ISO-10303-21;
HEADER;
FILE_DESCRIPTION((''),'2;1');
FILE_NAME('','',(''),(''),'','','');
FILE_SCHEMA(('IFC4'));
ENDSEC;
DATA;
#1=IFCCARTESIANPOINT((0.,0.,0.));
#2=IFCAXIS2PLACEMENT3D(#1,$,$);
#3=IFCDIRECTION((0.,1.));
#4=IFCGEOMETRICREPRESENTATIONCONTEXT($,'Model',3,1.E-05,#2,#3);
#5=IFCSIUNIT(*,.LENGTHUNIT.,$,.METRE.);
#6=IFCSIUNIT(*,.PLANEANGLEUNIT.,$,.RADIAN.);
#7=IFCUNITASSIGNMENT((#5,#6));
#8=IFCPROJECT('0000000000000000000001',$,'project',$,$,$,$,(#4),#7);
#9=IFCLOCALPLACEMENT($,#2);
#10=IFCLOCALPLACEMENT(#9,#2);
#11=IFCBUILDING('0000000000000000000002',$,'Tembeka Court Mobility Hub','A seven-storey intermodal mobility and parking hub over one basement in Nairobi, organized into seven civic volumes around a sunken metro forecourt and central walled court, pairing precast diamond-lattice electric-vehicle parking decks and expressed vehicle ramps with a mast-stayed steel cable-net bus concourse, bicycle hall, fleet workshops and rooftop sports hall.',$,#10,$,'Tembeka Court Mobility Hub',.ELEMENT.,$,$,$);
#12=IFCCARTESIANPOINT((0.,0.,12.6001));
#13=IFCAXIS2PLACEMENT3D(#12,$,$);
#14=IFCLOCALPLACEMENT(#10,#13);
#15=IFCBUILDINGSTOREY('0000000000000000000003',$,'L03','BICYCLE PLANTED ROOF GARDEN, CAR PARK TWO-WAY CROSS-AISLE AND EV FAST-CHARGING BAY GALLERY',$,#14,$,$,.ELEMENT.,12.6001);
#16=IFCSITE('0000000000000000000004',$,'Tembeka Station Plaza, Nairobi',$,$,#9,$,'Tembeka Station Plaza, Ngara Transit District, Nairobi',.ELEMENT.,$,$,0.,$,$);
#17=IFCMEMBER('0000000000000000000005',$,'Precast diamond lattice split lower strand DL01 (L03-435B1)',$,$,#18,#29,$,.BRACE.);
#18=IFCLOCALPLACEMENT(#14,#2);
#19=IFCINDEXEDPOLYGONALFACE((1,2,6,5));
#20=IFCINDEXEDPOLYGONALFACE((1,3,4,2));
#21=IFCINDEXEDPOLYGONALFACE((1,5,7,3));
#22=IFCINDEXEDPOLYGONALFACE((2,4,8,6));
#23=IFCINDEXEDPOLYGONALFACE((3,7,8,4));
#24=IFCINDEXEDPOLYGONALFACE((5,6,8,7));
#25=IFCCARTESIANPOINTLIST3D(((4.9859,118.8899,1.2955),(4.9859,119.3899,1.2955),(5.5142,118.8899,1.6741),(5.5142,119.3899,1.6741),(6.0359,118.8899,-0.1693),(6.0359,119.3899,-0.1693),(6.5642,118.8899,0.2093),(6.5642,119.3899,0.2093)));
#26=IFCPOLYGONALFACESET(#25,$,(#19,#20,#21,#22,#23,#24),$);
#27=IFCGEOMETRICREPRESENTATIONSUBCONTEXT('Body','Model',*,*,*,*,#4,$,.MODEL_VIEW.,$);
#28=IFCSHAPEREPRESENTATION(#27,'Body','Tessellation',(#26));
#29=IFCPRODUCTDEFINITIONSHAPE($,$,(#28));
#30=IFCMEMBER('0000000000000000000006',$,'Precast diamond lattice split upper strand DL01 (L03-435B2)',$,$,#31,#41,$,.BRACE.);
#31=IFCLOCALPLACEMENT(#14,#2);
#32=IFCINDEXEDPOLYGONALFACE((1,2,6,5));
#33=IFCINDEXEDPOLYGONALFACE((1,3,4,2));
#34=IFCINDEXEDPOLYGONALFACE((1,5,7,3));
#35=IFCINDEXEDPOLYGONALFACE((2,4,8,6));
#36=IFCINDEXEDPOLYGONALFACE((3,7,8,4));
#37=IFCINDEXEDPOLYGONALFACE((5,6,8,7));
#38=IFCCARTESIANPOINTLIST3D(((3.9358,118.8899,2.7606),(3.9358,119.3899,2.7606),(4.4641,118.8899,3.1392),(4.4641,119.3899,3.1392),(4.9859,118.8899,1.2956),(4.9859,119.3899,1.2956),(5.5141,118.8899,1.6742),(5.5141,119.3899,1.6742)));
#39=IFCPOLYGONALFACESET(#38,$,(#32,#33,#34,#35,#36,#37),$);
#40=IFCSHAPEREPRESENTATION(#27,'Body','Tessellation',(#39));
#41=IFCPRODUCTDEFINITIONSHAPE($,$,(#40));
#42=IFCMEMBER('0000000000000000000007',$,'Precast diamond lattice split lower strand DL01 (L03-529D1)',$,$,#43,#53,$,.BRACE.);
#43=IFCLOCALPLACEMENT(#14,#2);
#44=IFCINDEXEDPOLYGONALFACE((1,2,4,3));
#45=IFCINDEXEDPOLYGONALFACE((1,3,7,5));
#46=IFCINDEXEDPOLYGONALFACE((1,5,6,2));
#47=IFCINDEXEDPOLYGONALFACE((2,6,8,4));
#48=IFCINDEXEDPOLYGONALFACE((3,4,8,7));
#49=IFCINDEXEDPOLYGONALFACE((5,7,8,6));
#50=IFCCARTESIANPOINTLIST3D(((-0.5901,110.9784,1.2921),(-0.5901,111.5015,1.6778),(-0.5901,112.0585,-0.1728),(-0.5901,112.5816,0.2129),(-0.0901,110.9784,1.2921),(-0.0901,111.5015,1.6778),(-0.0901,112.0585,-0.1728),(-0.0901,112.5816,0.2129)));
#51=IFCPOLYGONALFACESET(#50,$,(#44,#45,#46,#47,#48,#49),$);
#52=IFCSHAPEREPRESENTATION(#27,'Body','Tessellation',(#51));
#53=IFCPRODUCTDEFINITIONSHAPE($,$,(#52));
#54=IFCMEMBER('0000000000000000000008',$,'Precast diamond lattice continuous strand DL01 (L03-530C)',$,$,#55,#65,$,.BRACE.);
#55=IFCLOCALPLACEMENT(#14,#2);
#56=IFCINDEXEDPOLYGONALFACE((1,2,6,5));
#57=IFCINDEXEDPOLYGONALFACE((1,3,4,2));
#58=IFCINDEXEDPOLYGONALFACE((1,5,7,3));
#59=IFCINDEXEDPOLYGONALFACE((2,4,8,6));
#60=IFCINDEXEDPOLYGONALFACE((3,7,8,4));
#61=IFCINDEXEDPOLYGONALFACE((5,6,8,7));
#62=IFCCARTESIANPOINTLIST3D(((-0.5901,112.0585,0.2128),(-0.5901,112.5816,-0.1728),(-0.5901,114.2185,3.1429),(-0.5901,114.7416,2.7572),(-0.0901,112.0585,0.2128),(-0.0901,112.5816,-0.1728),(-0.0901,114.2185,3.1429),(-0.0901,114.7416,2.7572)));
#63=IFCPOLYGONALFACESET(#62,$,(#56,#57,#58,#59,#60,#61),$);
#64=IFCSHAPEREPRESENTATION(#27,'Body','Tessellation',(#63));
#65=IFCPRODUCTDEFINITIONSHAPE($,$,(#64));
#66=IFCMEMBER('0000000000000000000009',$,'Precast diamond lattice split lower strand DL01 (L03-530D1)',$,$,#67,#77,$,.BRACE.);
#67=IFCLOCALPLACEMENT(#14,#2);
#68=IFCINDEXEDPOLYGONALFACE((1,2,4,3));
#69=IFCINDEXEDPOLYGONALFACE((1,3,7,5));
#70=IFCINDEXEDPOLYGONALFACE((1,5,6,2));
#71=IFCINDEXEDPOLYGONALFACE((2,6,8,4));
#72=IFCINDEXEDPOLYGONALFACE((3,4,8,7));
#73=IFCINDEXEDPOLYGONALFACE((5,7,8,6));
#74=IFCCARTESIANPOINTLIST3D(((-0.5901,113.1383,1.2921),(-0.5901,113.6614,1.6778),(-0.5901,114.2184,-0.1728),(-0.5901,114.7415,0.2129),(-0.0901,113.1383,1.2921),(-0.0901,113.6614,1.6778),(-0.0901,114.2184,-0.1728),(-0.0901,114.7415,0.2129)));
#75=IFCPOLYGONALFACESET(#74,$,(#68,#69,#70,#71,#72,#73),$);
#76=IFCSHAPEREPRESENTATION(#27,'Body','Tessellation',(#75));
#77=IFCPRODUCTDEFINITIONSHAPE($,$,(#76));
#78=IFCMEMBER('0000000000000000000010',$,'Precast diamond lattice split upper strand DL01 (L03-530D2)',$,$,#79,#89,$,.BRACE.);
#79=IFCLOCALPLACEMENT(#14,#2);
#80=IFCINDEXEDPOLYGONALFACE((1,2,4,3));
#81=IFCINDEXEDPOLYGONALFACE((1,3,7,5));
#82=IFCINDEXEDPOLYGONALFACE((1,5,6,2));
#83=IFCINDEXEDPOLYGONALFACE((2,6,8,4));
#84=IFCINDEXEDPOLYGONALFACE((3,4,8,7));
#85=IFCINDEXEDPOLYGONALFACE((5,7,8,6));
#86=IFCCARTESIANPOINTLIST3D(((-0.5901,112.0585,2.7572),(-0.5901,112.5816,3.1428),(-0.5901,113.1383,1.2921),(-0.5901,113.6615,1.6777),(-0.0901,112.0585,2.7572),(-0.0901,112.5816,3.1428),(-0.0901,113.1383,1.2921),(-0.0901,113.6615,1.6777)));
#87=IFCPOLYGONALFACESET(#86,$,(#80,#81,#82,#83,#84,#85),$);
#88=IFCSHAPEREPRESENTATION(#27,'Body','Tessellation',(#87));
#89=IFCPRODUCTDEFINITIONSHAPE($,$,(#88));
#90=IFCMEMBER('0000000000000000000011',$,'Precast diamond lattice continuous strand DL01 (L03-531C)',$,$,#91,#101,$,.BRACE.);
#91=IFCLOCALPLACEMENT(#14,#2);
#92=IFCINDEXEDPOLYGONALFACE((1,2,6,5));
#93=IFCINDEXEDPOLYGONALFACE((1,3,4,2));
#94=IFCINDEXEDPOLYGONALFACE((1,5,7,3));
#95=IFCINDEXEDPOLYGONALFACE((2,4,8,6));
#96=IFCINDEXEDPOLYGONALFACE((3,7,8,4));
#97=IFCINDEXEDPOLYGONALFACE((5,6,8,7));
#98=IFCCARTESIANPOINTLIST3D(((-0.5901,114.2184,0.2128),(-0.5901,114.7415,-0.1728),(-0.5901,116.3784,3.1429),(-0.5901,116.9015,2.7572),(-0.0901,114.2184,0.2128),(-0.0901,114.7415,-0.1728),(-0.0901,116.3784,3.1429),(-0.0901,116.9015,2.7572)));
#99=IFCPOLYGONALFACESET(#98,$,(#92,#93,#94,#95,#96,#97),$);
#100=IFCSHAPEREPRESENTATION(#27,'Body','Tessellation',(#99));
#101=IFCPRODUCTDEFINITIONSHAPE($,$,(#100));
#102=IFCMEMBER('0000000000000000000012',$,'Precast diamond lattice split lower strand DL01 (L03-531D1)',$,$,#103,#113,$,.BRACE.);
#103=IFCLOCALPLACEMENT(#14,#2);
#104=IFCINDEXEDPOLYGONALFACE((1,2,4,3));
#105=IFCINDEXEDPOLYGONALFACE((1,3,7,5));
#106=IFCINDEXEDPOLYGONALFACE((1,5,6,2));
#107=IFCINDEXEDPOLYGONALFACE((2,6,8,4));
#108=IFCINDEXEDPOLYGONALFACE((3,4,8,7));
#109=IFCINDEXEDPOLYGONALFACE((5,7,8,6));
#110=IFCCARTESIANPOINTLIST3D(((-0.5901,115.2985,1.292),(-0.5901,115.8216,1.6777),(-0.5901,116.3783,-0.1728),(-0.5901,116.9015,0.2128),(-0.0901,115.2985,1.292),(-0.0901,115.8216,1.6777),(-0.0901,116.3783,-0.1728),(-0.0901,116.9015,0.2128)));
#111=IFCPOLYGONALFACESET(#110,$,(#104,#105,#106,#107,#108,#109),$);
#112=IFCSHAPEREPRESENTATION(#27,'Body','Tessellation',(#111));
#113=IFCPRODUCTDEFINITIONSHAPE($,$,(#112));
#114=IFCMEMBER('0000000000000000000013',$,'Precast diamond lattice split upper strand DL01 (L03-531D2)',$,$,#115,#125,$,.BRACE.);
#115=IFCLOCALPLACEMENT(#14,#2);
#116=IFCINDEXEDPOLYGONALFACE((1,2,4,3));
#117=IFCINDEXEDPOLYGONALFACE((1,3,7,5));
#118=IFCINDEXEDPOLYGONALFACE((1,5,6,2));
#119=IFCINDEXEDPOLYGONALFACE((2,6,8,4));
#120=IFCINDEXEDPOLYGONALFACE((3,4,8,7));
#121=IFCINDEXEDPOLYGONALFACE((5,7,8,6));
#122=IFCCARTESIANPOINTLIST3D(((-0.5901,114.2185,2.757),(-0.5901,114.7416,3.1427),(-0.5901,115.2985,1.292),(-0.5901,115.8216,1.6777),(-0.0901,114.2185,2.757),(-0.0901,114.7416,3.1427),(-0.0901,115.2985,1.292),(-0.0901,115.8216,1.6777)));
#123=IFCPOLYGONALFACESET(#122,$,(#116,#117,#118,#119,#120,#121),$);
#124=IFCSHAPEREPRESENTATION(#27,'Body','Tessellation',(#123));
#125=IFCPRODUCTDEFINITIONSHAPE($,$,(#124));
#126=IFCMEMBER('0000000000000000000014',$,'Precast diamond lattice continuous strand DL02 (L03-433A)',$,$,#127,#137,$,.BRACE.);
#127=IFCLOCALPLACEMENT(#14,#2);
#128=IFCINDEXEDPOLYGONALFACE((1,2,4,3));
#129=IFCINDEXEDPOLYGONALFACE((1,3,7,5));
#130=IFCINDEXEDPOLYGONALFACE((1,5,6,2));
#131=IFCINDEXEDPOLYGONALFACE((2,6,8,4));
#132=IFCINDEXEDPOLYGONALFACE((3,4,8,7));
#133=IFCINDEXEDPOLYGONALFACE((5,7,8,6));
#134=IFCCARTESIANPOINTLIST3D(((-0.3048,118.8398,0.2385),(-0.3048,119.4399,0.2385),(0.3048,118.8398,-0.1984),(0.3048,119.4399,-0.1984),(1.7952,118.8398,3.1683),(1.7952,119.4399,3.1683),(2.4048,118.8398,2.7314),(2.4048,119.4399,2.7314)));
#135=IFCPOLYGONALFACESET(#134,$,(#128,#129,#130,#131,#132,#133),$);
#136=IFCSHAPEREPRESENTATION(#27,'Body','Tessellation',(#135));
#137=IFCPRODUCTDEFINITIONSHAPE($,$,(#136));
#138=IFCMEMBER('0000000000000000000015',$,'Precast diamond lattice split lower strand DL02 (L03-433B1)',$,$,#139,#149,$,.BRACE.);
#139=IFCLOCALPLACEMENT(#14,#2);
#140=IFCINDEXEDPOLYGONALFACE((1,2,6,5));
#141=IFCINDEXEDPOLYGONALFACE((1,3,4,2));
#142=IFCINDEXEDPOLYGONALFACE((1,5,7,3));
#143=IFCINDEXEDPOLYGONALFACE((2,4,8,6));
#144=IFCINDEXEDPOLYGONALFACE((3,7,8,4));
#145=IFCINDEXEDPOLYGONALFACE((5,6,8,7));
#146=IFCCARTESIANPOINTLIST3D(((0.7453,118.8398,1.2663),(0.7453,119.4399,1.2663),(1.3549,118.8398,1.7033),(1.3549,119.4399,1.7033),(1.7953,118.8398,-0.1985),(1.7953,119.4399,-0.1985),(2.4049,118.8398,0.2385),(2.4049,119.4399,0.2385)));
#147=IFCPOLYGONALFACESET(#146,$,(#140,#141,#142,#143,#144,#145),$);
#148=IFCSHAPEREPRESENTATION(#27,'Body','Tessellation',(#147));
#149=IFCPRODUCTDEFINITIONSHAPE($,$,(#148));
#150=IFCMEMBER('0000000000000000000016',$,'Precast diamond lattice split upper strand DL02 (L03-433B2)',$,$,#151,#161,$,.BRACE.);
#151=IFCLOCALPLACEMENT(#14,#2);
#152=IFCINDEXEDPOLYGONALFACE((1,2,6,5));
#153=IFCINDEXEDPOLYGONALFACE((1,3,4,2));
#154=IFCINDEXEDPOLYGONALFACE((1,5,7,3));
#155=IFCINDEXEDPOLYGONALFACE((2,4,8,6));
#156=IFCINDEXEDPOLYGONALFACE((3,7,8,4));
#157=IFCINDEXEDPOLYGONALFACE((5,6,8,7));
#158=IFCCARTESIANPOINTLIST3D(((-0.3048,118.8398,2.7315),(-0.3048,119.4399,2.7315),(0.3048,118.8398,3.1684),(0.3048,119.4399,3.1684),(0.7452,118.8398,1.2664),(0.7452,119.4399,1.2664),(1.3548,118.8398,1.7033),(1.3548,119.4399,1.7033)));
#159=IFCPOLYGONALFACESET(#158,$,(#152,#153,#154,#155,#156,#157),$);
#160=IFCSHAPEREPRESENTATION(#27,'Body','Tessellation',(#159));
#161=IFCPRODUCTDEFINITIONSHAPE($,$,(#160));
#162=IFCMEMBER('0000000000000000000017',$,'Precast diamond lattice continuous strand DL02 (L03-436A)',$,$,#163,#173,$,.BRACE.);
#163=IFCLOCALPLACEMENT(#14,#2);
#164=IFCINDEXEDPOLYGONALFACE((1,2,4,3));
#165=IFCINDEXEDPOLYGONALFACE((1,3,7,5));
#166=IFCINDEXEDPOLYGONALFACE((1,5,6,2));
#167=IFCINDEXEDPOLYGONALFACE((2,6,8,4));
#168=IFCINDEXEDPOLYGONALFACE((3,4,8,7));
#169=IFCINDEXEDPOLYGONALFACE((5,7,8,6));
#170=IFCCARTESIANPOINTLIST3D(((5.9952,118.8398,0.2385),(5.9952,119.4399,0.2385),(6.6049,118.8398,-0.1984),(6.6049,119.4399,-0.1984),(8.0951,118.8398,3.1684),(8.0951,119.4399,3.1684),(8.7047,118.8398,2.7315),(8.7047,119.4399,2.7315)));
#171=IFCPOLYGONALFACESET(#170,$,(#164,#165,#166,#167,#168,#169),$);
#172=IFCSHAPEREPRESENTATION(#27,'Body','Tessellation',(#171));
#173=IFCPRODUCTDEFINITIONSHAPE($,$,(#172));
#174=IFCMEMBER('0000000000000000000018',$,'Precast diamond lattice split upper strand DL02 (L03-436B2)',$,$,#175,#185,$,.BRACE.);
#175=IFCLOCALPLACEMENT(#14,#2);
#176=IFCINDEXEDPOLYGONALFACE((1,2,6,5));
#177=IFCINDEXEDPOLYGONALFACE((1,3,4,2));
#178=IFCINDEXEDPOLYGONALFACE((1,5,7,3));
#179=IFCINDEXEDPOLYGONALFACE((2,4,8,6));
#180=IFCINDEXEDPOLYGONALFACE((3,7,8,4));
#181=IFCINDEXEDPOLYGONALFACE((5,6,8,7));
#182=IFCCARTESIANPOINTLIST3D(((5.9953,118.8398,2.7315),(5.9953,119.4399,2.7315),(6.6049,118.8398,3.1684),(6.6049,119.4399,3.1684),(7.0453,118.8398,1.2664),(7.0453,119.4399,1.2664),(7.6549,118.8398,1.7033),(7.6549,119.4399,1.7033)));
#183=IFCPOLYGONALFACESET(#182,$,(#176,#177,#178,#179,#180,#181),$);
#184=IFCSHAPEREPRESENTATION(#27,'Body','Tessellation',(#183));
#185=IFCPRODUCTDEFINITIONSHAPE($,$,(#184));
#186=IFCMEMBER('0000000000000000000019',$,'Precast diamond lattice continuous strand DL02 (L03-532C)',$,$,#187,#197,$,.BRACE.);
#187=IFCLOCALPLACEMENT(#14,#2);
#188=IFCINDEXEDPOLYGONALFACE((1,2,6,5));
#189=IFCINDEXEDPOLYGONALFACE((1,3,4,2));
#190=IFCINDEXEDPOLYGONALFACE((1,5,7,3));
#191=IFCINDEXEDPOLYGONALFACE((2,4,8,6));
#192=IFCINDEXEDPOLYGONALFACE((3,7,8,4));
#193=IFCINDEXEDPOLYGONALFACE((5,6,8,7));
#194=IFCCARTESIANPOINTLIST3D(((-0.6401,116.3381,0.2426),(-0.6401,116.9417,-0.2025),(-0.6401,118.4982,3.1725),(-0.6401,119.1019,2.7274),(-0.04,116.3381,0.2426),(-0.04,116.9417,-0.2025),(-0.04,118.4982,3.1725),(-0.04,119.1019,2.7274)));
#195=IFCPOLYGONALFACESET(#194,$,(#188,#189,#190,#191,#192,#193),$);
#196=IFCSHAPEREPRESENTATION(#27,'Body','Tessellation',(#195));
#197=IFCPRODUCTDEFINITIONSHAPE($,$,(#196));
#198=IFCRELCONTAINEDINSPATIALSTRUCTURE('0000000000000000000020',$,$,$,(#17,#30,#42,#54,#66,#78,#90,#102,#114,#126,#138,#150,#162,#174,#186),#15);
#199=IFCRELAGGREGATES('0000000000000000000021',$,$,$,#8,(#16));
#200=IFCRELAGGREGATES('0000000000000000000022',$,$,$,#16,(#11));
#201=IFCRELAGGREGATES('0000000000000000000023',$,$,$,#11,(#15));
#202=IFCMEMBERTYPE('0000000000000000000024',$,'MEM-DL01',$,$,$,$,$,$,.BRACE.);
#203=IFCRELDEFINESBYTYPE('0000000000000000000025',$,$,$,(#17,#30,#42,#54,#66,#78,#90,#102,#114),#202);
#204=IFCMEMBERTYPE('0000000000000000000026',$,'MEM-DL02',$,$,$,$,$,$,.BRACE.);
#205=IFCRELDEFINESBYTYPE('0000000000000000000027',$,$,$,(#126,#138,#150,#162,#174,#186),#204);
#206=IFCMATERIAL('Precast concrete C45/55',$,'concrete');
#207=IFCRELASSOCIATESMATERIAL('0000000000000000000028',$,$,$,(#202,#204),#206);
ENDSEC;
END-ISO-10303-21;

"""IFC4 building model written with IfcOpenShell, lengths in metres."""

from ifc_helpers import new_model, si_unit, direction, frame, origin, origin_2d, place, context, subcontext, project, spatial, rectangle, extrude, material, material_profile, profile_set, type_object, element, save


model = new_model("IFC4")

# Units and contexts
model_context = context("Model", 3, precision=1e-05, world=origin(), true_north=direction((0.0, 1.0)))
body_context = subcontext(model_context, "Body", "Model", "MODEL_VIEW")
ifc_project = project(units=[si_unit("LENGTHUNIT", "METRE"), si_unit("PLANEANGLEUNIT", "RADIAN")], contexts=[model_context])

# Site, building, storey
site_placement = place(None, origin())
site = spatial("IfcSite", under=ifc_project, at=site_placement, Name="Tembeka Station Plaza, Nairobi", LongName="Tembeka Station Plaza, Ngara Transit District, Nairobi", CompositionType="ELEMENT", RefElevation=0.0)
building_placement = place(site_placement, origin())
building = spatial("IfcBuilding", under=site, at=building_placement, Name="Tembeka Court Mobility Hub", Description="A seven-storey intermodal mobility and parking hub over one basement in Nairobi, organized into seven civic volumes around a sunken metro forecourt and central walled court, pairing precast diamond-lattice electric-vehicle parking decks and expressed vehicle ramps with a mast-stayed steel cable-net bus concourse, bicycle hall, fleet workshops and rooftop sports hall.", LongName="Tembeka Court Mobility Hub", CompositionType="ELEMENT")
storey_placement = place(building_placement, frame((0.0, 0.0, 12.6001)))
storey = spatial("IfcBuildingStorey", under=building, at=storey_placement, Name="L03", Description="BICYCLE PLANTED ROOF GARDEN, CAR PARK TWO-WAY CROSS-AISLE AND EV FAST-CHARGING BAY GALLERY", CompositionType="ELEMENT", Elevation=12.6001)

# Shared definitions
ifc_material_1 = material(Name="Precast concrete C45/55", Category="concrete")

# Members
ifc_material_profile_1 = material_profile(ifc_material_1, rectangle(XDim=0.5, YDim=0.6499, at=origin_2d()), Name="PC-DIAG 500x650")
ifc_profile_set_1 = profile_set([ifc_material_profile_1], Name="Precast concrete C45/55")
member_type_1 = type_object("IfcMemberType", Name="MEM-DL01", PredefinedType="BRACE", material=ifc_profile_set_1)
member_1_placement = place(storey_placement, frame((6.3, 119.1399, 0.02), z_axis=(-0.582608, 0.0, 0.812753), x_axis=(0.0, -1.0, 0.0)))
element("IfcMember", 1, at=member_1_placement, inside=storey, type_object=member_type_1, Name="Precast diamond lattice split lower strand DL01 (L03-435B1)", PredefinedType="BRACE", context=body_context, shape_type="SweptSolid", body=[
    extrude(rectangle(XDim=0.5, YDim=0.6499, at=origin_2d()), origin(), (0.0, 0.0, 1.0), 1.8022),
])
member_2_placement = place(storey_placement, frame((5.25, 119.1399, 1.4849), z_axis=(-0.582544, 0.0, 0.812799), x_axis=(0.0, -1.0, 0.0)))
element("IfcMember", 2, at=member_2_placement, inside=storey, type_object=member_type_1, Name="Precast diamond lattice split upper strand DL01 (L03-435B2)", PredefinedType="BRACE", context=body_context, shape_type="SweptSolid", body=[
    extrude(rectangle(XDim=0.5, YDim=0.6499, at=origin_2d()), origin(), (0.0, 0.0, 1.0), 1.8025),
])
member_3_placement = place(storey_placement, frame((-0.3401, 112.3201, 0.02), z_axis=(0.0, -0.593455, 0.804867), x_axis=(1.0, 0.0, 0.0)))
element("IfcMember", 3, at=member_3_placement, inside=storey, type_object=member_type_1, Name="Precast diamond lattice split lower strand DL01 (L03-529D1)", PredefinedType="BRACE", context=body_context, shape_type="SweptSolid", body=[
    extrude(rectangle(XDim=0.5, YDim=0.6499, at=origin_2d()), origin(), (0.0, 0.0, 1.0), 1.8201),
])
member_4_placement = place(storey_placement, frame((-0.3401, 112.3201, 0.02), z_axis=(0.0, 0.59338, 0.804923), x_axis=(-1.0, 0.0, 0.0)))
element("IfcMember", 4, at=member_4_placement, inside=storey, type_object=member_type_1, Name="Precast diamond lattice continuous strand DL01 (L03-530C)", PredefinedType="BRACE", context=body_context, shape_type="SweptSolid", body=[
    extrude(rectangle(XDim=0.5, YDim=0.6499, at=origin_2d()), origin(), (0.0, 0.0, 1.0), 3.6401),
])
for number, where, z_axis, x_axis, name in (
    (5, (-0.3401, 114.48, 0.02), (0.0, -0.593455, 0.804867), (1.0, 0.0, 0.0), "Precast diamond lattice split lower strand DL01 (L03-530D1)"),
    (6, (-0.3401, 113.3999, 1.4849), (0.0, -0.593304, 0.804978), (1.0, 0.0, 0.0), "Precast diamond lattice split upper strand DL01 (L03-530D2)"),
):
    element("IfcMember", number, at=place(storey_placement, frame(where, z_axis=z_axis, x_axis=x_axis)), inside=storey, type_object=member_type_1, Name=name, PredefinedType="BRACE", context=body_context, shape_type="SweptSolid", body=[
        extrude(rectangle(XDim=0.5, YDim=0.6499, at=origin_2d()), origin(), (0.0, 0.0, 1.0), 1.8201),
    ])
member_5_placement = place(storey_placement, frame((-0.3401, 114.48, 0.02), z_axis=(0.0, 0.59338, 0.804923), x_axis=(-1.0, 0.0, 0.0)))
element("IfcMember", 7, at=member_5_placement, inside=storey, type_object=member_type_1, Name="Precast diamond lattice continuous strand DL01 (L03-531C)", PredefinedType="BRACE", context=body_context, shape_type="SweptSolid", body=[
    extrude(rectangle(XDim=0.5, YDim=0.6499, at=origin_2d()), origin(), (0.0, 0.0, 1.0), 3.6401),
])
member_6_placement = place(storey_placement, frame((-0.3401, 116.6399, 0.02), z_axis=(0.0, -0.593368, 0.804931), x_axis=(1.0, 0.0, 0.0)))
element("IfcMember", 8, at=member_6_placement, inside=storey, type_object=member_type_1, Name="Precast diamond lattice split lower strand DL01 (L03-531D1)", PredefinedType="BRACE", context=body_context, shape_type="SweptSolid", body=[
    extrude(rectangle(XDim=0.5, YDim=0.6499, at=origin_2d()), origin(), (0.0, 0.0, 1.0), 1.8198),
])
member_7_placement = place(storey_placement, frame((-0.3401, 115.5601, 1.4849), z_axis=(0.0, -0.593391, 0.804914), x_axis=(1.0, 0.0, 0.0)))
element("IfcMember", 9, at=member_7_placement, inside=storey, type_object=member_type_1, Name="Precast diamond lattice split upper strand DL01 (L03-531D2)", PredefinedType="BRACE", context=body_context, shape_type="SweptSolid", body=[
    extrude(rectangle(XDim=0.5, YDim=0.6499, at=origin_2d()), origin(), (0.0, 0.0, 1.0), 1.8201),
])
ifc_material_profile_2 = material_profile(ifc_material_1, rectangle(XDim=0.6001, YDim=0.75, at=origin_2d()), Name="PC-DIAG 600x750")
ifc_profile_set_2 = profile_set([ifc_material_profile_2], Name="Precast concrete C45/55")
member_type_2 = type_object("IfcMemberType", Name="MEM-DL02", PredefinedType="BRACE", material=ifc_profile_set_2)
member_8_placement = place(storey_placement, frame((0.0, 119.1399, 0.02), z_axis=(0.582576, 0.0, 0.812776), x_axis=(0.0, 1.0, 0.0)))
element("IfcMember", 10, at=member_8_placement, inside=storey, type_object=member_type_2, Name="Precast diamond lattice continuous strand DL02 (L03-433A)", PredefinedType="BRACE", context=body_context, shape_type="SweptSolid", body=[
    extrude(rectangle(XDim=0.6001, YDim=0.75, at=origin_2d()), origin(), (0.0, 0.0, 1.0), 3.6047),
])
member_9_placement = place(storey_placement, frame((2.1001, 119.1399, 0.02), z_axis=(-0.582608, 0.0, 0.812753), x_axis=(0.0, -1.0, 0.0)))
element("IfcMember", 11, at=member_9_placement, inside=storey, type_object=member_type_2, Name="Precast diamond lattice split lower strand DL02 (L03-433B1)", PredefinedType="BRACE", context=body_context, shape_type="SweptSolid", body=[
    extrude(rectangle(XDim=0.6001, YDim=0.75, at=origin_2d()), origin(), (0.0, 0.0, 1.0), 1.8022),
])
member_10_placement = place(storey_placement, frame((1.05, 119.1399, 1.4849), z_axis=(-0.582544, 0.0, 0.812799), x_axis=(0.0, -1.0, 0.0)))
element("IfcMember", 12, at=member_10_placement, inside=storey, type_object=member_type_2, Name="Precast diamond lattice split upper strand DL02 (L03-433B2)", PredefinedType="BRACE", context=body_context, shape_type="SweptSolid", body=[
    extrude(rectangle(XDim=0.6001, YDim=0.75, at=origin_2d()), origin(), (0.0, 0.0, 1.0), 1.8025),
])
member_11_placement = place(storey_placement, frame((6.3, 119.1399, 0.02), z_axis=(0.582532, 0.0, 0.812808), x_axis=(0.0, 1.0, 0.0)))
element("IfcMember", 13, at=member_11_placement, inside=storey, type_object=member_type_2, Name="Precast diamond lattice continuous strand DL02 (L03-436A)", PredefinedType="BRACE", context=body_context, shape_type="SweptSolid", body=[
    extrude(rectangle(XDim=0.6001, YDim=0.75, at=origin_2d()), origin(), (0.0, 0.0, 1.0), 3.6047),
])
member_12_placement = place(storey_placement, frame((7.3501, 119.1399, 1.4849), z_axis=(-0.582544, 0.0, 0.812799), x_axis=(0.0, -1.0, 0.0)))
element("IfcMember", 14, at=member_12_placement, inside=storey, type_object=member_type_2, Name="Precast diamond lattice split upper strand DL02 (L03-436B2)", PredefinedType="BRACE", context=body_context, shape_type="SweptSolid", body=[
    extrude(rectangle(XDim=0.6001, YDim=0.75, at=origin_2d()), origin(), (0.0, 0.0, 1.0), 1.8025),
])
member_13_placement = place(storey_placement, frame((-0.3401, 116.6399, 0.02), z_axis=(0.0, 0.593423, 0.804891), x_axis=(-1.0, 0.0, 0.0)))
element("IfcMember", 15, at=member_13_placement, inside=storey, type_object=member_type_2, Name="Precast diamond lattice continuous strand DL02 (L03-532C)", PredefinedType="BRACE", context=body_context, shape_type="SweptSolid", body=[
    extrude(rectangle(XDim=0.6001, YDim=0.75, at=origin_2d()), origin(), (0.0, 0.0, 1.0), 3.6401),
])

save(model, "model.ifc")
